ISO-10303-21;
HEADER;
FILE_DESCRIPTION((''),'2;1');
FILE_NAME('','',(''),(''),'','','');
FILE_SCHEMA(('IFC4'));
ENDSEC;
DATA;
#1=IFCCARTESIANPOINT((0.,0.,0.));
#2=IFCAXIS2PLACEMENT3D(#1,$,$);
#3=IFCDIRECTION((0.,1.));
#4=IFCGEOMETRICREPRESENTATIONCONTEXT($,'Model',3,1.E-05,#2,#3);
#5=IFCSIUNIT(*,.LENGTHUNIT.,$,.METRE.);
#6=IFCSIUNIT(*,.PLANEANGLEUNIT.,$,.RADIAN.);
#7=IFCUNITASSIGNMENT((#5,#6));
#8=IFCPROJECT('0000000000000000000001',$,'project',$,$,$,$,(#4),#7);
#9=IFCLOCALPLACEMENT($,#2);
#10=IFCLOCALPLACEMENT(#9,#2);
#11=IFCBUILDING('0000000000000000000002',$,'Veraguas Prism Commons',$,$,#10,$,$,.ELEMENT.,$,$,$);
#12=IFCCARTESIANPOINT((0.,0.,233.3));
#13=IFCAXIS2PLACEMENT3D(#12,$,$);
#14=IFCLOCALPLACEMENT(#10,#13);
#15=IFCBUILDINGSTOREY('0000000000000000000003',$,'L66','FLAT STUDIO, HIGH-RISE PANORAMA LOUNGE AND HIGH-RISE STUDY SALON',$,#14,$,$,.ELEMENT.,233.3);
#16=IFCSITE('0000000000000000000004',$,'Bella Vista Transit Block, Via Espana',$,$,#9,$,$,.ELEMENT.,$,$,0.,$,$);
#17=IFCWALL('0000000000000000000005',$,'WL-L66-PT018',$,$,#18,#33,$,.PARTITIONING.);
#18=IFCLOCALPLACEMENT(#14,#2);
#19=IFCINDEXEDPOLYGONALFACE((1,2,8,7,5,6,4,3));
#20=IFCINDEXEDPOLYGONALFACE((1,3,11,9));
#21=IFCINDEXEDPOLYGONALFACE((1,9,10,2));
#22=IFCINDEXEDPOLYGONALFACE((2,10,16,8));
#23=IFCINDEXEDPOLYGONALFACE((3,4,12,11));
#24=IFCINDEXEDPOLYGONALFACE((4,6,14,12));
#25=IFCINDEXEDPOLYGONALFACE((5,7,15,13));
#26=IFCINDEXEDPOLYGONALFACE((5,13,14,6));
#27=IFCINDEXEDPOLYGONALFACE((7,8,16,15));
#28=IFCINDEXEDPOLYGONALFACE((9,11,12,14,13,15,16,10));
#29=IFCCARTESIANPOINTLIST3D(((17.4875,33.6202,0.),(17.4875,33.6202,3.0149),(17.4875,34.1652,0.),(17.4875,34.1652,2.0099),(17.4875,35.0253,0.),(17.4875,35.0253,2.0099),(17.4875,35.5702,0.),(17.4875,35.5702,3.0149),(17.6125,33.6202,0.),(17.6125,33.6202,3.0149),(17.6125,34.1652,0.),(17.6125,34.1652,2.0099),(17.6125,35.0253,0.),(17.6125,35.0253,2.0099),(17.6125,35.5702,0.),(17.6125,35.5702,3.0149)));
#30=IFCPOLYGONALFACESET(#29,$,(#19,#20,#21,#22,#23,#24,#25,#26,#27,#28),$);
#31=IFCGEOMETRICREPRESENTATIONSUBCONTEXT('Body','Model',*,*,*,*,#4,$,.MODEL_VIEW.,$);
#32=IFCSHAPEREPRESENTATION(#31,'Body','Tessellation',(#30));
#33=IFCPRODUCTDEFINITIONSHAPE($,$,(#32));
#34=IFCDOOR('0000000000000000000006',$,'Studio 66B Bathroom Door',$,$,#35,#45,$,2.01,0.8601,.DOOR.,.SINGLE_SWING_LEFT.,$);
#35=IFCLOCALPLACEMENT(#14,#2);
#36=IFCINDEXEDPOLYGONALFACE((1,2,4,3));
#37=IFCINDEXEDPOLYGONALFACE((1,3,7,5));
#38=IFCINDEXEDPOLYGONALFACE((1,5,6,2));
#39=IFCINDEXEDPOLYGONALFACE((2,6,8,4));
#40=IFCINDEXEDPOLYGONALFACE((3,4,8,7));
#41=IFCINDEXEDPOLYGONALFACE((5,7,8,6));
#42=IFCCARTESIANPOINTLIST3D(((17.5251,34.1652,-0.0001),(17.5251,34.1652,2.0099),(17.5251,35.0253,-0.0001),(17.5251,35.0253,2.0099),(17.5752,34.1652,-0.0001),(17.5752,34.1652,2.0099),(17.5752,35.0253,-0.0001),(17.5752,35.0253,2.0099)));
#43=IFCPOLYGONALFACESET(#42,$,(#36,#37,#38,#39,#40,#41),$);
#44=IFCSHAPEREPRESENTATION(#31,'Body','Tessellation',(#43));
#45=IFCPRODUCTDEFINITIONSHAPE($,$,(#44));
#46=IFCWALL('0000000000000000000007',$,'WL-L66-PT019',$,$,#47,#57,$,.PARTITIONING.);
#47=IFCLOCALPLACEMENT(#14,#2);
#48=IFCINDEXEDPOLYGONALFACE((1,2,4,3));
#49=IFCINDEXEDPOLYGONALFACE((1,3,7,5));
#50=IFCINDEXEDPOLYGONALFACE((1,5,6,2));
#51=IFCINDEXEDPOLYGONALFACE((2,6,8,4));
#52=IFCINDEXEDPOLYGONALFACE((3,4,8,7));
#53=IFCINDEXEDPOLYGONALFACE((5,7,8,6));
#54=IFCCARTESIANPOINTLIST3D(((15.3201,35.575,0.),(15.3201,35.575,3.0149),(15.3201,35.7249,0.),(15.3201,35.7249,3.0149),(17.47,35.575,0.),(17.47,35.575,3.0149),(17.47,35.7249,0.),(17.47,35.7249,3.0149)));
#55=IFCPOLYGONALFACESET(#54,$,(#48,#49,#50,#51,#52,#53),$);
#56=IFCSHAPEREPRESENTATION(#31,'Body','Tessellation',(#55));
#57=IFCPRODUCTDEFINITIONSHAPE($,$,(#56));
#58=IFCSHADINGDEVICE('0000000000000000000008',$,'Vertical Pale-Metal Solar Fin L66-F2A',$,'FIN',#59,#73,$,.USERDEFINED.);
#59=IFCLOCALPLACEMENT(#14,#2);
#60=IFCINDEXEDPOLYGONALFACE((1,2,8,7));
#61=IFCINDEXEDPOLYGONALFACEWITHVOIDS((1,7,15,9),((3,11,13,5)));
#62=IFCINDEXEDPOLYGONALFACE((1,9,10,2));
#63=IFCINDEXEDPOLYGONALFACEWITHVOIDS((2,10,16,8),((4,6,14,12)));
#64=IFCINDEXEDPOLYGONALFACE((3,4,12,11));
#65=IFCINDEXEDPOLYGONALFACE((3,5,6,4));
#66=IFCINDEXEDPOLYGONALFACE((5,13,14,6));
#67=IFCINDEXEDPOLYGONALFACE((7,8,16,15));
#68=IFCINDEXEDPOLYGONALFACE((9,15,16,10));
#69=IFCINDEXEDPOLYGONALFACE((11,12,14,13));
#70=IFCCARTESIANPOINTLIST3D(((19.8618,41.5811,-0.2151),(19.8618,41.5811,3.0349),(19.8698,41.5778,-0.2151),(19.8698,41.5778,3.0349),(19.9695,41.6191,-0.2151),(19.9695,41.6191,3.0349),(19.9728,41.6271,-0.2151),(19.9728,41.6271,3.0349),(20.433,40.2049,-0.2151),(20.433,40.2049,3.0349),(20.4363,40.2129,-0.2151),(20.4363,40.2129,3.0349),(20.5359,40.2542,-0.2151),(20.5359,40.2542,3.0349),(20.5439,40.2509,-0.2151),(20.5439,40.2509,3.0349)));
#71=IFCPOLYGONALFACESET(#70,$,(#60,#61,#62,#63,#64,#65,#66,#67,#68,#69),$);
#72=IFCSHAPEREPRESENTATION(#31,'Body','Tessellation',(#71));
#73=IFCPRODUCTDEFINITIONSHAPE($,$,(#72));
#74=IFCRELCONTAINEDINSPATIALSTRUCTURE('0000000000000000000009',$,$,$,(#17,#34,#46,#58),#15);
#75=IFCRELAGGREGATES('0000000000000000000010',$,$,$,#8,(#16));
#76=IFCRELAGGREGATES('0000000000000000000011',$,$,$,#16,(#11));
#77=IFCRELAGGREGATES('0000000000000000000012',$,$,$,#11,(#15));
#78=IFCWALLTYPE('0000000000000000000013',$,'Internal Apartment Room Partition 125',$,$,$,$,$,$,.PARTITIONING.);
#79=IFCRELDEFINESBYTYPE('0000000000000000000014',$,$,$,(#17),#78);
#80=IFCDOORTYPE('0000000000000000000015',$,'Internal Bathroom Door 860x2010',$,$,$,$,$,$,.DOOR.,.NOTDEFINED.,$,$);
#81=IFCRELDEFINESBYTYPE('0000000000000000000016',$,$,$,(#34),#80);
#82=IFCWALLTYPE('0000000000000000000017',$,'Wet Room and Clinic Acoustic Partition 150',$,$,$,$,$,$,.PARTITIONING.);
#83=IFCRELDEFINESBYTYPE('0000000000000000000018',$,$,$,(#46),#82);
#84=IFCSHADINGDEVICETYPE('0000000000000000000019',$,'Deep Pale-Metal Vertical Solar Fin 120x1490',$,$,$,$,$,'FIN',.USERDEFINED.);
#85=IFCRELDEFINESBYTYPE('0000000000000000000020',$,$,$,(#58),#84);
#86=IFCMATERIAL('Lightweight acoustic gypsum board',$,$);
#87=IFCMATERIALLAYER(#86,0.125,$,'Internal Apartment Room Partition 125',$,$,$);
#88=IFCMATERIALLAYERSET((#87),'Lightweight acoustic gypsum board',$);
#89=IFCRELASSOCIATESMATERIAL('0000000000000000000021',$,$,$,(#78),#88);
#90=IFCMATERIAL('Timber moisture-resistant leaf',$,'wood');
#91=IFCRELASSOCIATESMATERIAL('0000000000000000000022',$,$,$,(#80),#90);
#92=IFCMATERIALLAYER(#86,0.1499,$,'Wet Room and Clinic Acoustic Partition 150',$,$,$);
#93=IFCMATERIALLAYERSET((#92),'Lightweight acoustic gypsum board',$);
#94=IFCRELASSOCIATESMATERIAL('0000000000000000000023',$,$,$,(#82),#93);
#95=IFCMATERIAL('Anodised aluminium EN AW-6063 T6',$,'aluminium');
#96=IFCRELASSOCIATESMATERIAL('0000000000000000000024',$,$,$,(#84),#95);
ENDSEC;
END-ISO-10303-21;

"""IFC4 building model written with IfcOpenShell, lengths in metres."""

from ifc_helpers import new_model, si_unit, direction, frame, frame_2d, origin, origin_2d, place, context, subcontext, project, spatial, rectangle, hollow_rectangle, extrude, source, transform, mapped, material, layer, layer_set, material_profile, profile_set, type_object, element, fill, save


model = new_model("IFC4")

# Units and contexts
model_context = context("Model", 3, precision=1e-05, world=origin(), true_north=direction((0.0, 1.0)))
body_context = subcontext(model_context, "Body", "Model", "MODEL_VIEW")
ifc_project = project(units=[si_unit("LENGTHUNIT", "METRE"), si_unit("PLANEANGLEUNIT", "RADIAN")], contexts=[model_context])

# Site, building, storey
site_placement = place(None, origin())
site = spatial("IfcSite", under=ifc_project, at=site_placement, Name="Bella Vista Transit Block, Via Espana", CompositionType="ELEMENT", RefElevation=0.0)
building_placement = place(site_placement, origin())
building = spatial("IfcBuilding", under=site, at=building_placement, Name="Veraguas Prism Commons", CompositionType="ELEMENT")
storey_placement = place(building_placement, frame((0.0, 0.0, 233.3)))
storey = spatial("IfcBuildingStorey", under=building, at=storey_placement, Name="L66", Description="FLAT STUDIO, HIGH-RISE PANORAMA LOUNGE AND HIGH-RISE STUDY SALON", CompositionType="ELEMENT", Elevation=233.3)

# Shared definitions
ifc_material_1 = material(Name="Anodised aluminium EN AW-6063 T6", Category="aluminium")

# Wall, opening, door
ifc_material_2 = material(Name="Lightweight acoustic gypsum board")
ifc_layer_1 = layer(ifc_material_2, 0.125, Name="Internal Apartment Room Partition 125")
ifc_layer_set_1 = layer_set([ifc_layer_1], Name="Lightweight acoustic gypsum board")
wall_type_1 = type_object("IfcWallType", Name="Internal Apartment Room Partition 125", PredefinedType="PARTITIONING", material=ifc_layer_set_1)
wall_1_placement = place(storey_placement, frame((17.55, 33.6201, 0.0), z_axis=(0.0, 0.0, 1.0), x_axis=(0.0, 1.0, 0.0)))
wall_1 = element("IfcWall", 1, at=wall_1_placement, inside=storey, type_object=wall_type_1, Name="WL-L66-PT018", PredefinedType="PARTITIONING", context=body_context, shape_type="SweptSolid", body=[
    extrude(rectangle(XDim=1.95, YDim=0.125, at=frame_2d((0.9751, 0.0))), origin(), (0.0, 0.0, 1.0), 3.0149),
])
opening_1_placement = place(wall_1_placement, frame((0.5449, 0.0, 0.0)))
opening_1 = element("IfcOpeningElement", 2, at=opening_1_placement, cuts=wall_1, PredefinedType="OPENING", context=body_context, shape_type="SweptSolid", body=[
    extrude(rectangle(XDim=0.8601, YDim=2.01, at=frame_2d((0.4302, 1.0049))), frame((0.0, 0.0725, 0.0), z_axis=(0.0, -1.0, 0.0), x_axis=(1.0, 0.0, 0.0)), (0.0, 0.0, 1.0), 0.145),
])
ifc_material_3 = material(Name="Timber moisture-resistant leaf", Category="wood")
door_type_1 = type_object("IfcDoorType", Name="Internal Bathroom Door 860x2010", OperationType="NOTDEFINED", PredefinedType="DOOR", material=ifc_material_3)
shared_shape_1 = source(origin(), body_context, "Body", "SweptSolid", [
    extrude(rectangle(XDim=0.8601, YDim=2.01, at=frame_2d((0.4302, 1.0049))), frame((0.0, 0.0249, 0.0), z_axis=(0.0, -1.0, 0.0), x_axis=(1.0, 0.0, 0.0)), (0.0, 0.0, 1.0), 0.05),
])
door_1_placement = place(opening_1_placement, origin())
door_1 = element("IfcDoor", 3, at=door_1_placement, inside=storey, type_object=door_type_1, Name="Studio 66B Bathroom Door", OperationType="SINGLE_SWING_LEFT", OverallHeight=2.01, OverallWidth=0.8601, PredefinedType="DOOR", context=body_context, shape_type="MappedRepresentation", body=[
    mapped(shared_shape_1, transform((0.0, 0.0, 0.0), scale=1.0)),
])
fill(opening_1, door_1)

# Wall
ifc_layer_2 = layer(ifc_material_2, 0.1499, Name="Wet Room and Clinic Acoustic Partition 150")
ifc_layer_set_2 = layer_set([ifc_layer_2], Name="Lightweight acoustic gypsum board")
wall_type_2 = type_object("IfcWallType", Name="Wet Room and Clinic Acoustic Partition 150", PredefinedType="PARTITIONING", material=ifc_layer_set_2)
wall_2_placement = place(storey_placement, frame((15.3201, 35.6499, 0.0), z_axis=(0.0, 0.0, 1.0), x_axis=(1.0, 0.0, 0.0)))
element("IfcWall", 4, at=wall_2_placement, inside=storey, type_object=wall_type_2, Name="WL-L66-PT019", PredefinedType="PARTITIONING", context=body_context, shape_type="SweptSolid", body=[
    extrude(rectangle(XDim=2.1499, YDim=0.1499, at=frame_2d((1.075, 0.0))), origin(), (0.0, 0.0, 1.0), 3.0149),
])

# Shading device
ifc_material_profile_1 = material_profile(ifc_material_1, hollow_rectangle(XDim=0.1201, YDim=1.49, WallThickness=0.0061, at=origin_2d()), Name="FIN120X1490X6")
ifc_profile_set_1 = profile_set([ifc_material_profile_1], Name="Anodised aluminium EN AW-6063 T6")
shading_device_type = type_object("IfcShadingDeviceType", Name="Deep Pale-Metal Vertical Solar Fin 120x1490", ElementType="FIN", PredefinedType="USERDEFINED", material=ifc_profile_set_1)
shading_device_placement = place(storey_placement, frame((20.2029, 40.916, -0.2151), z_axis=(0.0, 0.0, 1.0), x_axis=(-0.923614, -0.383323, 0.0)))
element("IfcShadingDevice", 5, at=shading_device_placement, inside=storey, type_object=shading_device_type, Name="Vertical Pale-Metal Solar Fin L66-F2A", ObjectType="FIN", PredefinedType="USERDEFINED", context=body_context, shape_type="SweptSolid", body=[
    extrude(hollow_rectangle(XDim=0.1201, YDim=1.49, WallThickness=0.0061, at=origin_2d()), origin(), (0.0, 0.0, 1.0), 3.25),
])

save(model, "model.ifc")
